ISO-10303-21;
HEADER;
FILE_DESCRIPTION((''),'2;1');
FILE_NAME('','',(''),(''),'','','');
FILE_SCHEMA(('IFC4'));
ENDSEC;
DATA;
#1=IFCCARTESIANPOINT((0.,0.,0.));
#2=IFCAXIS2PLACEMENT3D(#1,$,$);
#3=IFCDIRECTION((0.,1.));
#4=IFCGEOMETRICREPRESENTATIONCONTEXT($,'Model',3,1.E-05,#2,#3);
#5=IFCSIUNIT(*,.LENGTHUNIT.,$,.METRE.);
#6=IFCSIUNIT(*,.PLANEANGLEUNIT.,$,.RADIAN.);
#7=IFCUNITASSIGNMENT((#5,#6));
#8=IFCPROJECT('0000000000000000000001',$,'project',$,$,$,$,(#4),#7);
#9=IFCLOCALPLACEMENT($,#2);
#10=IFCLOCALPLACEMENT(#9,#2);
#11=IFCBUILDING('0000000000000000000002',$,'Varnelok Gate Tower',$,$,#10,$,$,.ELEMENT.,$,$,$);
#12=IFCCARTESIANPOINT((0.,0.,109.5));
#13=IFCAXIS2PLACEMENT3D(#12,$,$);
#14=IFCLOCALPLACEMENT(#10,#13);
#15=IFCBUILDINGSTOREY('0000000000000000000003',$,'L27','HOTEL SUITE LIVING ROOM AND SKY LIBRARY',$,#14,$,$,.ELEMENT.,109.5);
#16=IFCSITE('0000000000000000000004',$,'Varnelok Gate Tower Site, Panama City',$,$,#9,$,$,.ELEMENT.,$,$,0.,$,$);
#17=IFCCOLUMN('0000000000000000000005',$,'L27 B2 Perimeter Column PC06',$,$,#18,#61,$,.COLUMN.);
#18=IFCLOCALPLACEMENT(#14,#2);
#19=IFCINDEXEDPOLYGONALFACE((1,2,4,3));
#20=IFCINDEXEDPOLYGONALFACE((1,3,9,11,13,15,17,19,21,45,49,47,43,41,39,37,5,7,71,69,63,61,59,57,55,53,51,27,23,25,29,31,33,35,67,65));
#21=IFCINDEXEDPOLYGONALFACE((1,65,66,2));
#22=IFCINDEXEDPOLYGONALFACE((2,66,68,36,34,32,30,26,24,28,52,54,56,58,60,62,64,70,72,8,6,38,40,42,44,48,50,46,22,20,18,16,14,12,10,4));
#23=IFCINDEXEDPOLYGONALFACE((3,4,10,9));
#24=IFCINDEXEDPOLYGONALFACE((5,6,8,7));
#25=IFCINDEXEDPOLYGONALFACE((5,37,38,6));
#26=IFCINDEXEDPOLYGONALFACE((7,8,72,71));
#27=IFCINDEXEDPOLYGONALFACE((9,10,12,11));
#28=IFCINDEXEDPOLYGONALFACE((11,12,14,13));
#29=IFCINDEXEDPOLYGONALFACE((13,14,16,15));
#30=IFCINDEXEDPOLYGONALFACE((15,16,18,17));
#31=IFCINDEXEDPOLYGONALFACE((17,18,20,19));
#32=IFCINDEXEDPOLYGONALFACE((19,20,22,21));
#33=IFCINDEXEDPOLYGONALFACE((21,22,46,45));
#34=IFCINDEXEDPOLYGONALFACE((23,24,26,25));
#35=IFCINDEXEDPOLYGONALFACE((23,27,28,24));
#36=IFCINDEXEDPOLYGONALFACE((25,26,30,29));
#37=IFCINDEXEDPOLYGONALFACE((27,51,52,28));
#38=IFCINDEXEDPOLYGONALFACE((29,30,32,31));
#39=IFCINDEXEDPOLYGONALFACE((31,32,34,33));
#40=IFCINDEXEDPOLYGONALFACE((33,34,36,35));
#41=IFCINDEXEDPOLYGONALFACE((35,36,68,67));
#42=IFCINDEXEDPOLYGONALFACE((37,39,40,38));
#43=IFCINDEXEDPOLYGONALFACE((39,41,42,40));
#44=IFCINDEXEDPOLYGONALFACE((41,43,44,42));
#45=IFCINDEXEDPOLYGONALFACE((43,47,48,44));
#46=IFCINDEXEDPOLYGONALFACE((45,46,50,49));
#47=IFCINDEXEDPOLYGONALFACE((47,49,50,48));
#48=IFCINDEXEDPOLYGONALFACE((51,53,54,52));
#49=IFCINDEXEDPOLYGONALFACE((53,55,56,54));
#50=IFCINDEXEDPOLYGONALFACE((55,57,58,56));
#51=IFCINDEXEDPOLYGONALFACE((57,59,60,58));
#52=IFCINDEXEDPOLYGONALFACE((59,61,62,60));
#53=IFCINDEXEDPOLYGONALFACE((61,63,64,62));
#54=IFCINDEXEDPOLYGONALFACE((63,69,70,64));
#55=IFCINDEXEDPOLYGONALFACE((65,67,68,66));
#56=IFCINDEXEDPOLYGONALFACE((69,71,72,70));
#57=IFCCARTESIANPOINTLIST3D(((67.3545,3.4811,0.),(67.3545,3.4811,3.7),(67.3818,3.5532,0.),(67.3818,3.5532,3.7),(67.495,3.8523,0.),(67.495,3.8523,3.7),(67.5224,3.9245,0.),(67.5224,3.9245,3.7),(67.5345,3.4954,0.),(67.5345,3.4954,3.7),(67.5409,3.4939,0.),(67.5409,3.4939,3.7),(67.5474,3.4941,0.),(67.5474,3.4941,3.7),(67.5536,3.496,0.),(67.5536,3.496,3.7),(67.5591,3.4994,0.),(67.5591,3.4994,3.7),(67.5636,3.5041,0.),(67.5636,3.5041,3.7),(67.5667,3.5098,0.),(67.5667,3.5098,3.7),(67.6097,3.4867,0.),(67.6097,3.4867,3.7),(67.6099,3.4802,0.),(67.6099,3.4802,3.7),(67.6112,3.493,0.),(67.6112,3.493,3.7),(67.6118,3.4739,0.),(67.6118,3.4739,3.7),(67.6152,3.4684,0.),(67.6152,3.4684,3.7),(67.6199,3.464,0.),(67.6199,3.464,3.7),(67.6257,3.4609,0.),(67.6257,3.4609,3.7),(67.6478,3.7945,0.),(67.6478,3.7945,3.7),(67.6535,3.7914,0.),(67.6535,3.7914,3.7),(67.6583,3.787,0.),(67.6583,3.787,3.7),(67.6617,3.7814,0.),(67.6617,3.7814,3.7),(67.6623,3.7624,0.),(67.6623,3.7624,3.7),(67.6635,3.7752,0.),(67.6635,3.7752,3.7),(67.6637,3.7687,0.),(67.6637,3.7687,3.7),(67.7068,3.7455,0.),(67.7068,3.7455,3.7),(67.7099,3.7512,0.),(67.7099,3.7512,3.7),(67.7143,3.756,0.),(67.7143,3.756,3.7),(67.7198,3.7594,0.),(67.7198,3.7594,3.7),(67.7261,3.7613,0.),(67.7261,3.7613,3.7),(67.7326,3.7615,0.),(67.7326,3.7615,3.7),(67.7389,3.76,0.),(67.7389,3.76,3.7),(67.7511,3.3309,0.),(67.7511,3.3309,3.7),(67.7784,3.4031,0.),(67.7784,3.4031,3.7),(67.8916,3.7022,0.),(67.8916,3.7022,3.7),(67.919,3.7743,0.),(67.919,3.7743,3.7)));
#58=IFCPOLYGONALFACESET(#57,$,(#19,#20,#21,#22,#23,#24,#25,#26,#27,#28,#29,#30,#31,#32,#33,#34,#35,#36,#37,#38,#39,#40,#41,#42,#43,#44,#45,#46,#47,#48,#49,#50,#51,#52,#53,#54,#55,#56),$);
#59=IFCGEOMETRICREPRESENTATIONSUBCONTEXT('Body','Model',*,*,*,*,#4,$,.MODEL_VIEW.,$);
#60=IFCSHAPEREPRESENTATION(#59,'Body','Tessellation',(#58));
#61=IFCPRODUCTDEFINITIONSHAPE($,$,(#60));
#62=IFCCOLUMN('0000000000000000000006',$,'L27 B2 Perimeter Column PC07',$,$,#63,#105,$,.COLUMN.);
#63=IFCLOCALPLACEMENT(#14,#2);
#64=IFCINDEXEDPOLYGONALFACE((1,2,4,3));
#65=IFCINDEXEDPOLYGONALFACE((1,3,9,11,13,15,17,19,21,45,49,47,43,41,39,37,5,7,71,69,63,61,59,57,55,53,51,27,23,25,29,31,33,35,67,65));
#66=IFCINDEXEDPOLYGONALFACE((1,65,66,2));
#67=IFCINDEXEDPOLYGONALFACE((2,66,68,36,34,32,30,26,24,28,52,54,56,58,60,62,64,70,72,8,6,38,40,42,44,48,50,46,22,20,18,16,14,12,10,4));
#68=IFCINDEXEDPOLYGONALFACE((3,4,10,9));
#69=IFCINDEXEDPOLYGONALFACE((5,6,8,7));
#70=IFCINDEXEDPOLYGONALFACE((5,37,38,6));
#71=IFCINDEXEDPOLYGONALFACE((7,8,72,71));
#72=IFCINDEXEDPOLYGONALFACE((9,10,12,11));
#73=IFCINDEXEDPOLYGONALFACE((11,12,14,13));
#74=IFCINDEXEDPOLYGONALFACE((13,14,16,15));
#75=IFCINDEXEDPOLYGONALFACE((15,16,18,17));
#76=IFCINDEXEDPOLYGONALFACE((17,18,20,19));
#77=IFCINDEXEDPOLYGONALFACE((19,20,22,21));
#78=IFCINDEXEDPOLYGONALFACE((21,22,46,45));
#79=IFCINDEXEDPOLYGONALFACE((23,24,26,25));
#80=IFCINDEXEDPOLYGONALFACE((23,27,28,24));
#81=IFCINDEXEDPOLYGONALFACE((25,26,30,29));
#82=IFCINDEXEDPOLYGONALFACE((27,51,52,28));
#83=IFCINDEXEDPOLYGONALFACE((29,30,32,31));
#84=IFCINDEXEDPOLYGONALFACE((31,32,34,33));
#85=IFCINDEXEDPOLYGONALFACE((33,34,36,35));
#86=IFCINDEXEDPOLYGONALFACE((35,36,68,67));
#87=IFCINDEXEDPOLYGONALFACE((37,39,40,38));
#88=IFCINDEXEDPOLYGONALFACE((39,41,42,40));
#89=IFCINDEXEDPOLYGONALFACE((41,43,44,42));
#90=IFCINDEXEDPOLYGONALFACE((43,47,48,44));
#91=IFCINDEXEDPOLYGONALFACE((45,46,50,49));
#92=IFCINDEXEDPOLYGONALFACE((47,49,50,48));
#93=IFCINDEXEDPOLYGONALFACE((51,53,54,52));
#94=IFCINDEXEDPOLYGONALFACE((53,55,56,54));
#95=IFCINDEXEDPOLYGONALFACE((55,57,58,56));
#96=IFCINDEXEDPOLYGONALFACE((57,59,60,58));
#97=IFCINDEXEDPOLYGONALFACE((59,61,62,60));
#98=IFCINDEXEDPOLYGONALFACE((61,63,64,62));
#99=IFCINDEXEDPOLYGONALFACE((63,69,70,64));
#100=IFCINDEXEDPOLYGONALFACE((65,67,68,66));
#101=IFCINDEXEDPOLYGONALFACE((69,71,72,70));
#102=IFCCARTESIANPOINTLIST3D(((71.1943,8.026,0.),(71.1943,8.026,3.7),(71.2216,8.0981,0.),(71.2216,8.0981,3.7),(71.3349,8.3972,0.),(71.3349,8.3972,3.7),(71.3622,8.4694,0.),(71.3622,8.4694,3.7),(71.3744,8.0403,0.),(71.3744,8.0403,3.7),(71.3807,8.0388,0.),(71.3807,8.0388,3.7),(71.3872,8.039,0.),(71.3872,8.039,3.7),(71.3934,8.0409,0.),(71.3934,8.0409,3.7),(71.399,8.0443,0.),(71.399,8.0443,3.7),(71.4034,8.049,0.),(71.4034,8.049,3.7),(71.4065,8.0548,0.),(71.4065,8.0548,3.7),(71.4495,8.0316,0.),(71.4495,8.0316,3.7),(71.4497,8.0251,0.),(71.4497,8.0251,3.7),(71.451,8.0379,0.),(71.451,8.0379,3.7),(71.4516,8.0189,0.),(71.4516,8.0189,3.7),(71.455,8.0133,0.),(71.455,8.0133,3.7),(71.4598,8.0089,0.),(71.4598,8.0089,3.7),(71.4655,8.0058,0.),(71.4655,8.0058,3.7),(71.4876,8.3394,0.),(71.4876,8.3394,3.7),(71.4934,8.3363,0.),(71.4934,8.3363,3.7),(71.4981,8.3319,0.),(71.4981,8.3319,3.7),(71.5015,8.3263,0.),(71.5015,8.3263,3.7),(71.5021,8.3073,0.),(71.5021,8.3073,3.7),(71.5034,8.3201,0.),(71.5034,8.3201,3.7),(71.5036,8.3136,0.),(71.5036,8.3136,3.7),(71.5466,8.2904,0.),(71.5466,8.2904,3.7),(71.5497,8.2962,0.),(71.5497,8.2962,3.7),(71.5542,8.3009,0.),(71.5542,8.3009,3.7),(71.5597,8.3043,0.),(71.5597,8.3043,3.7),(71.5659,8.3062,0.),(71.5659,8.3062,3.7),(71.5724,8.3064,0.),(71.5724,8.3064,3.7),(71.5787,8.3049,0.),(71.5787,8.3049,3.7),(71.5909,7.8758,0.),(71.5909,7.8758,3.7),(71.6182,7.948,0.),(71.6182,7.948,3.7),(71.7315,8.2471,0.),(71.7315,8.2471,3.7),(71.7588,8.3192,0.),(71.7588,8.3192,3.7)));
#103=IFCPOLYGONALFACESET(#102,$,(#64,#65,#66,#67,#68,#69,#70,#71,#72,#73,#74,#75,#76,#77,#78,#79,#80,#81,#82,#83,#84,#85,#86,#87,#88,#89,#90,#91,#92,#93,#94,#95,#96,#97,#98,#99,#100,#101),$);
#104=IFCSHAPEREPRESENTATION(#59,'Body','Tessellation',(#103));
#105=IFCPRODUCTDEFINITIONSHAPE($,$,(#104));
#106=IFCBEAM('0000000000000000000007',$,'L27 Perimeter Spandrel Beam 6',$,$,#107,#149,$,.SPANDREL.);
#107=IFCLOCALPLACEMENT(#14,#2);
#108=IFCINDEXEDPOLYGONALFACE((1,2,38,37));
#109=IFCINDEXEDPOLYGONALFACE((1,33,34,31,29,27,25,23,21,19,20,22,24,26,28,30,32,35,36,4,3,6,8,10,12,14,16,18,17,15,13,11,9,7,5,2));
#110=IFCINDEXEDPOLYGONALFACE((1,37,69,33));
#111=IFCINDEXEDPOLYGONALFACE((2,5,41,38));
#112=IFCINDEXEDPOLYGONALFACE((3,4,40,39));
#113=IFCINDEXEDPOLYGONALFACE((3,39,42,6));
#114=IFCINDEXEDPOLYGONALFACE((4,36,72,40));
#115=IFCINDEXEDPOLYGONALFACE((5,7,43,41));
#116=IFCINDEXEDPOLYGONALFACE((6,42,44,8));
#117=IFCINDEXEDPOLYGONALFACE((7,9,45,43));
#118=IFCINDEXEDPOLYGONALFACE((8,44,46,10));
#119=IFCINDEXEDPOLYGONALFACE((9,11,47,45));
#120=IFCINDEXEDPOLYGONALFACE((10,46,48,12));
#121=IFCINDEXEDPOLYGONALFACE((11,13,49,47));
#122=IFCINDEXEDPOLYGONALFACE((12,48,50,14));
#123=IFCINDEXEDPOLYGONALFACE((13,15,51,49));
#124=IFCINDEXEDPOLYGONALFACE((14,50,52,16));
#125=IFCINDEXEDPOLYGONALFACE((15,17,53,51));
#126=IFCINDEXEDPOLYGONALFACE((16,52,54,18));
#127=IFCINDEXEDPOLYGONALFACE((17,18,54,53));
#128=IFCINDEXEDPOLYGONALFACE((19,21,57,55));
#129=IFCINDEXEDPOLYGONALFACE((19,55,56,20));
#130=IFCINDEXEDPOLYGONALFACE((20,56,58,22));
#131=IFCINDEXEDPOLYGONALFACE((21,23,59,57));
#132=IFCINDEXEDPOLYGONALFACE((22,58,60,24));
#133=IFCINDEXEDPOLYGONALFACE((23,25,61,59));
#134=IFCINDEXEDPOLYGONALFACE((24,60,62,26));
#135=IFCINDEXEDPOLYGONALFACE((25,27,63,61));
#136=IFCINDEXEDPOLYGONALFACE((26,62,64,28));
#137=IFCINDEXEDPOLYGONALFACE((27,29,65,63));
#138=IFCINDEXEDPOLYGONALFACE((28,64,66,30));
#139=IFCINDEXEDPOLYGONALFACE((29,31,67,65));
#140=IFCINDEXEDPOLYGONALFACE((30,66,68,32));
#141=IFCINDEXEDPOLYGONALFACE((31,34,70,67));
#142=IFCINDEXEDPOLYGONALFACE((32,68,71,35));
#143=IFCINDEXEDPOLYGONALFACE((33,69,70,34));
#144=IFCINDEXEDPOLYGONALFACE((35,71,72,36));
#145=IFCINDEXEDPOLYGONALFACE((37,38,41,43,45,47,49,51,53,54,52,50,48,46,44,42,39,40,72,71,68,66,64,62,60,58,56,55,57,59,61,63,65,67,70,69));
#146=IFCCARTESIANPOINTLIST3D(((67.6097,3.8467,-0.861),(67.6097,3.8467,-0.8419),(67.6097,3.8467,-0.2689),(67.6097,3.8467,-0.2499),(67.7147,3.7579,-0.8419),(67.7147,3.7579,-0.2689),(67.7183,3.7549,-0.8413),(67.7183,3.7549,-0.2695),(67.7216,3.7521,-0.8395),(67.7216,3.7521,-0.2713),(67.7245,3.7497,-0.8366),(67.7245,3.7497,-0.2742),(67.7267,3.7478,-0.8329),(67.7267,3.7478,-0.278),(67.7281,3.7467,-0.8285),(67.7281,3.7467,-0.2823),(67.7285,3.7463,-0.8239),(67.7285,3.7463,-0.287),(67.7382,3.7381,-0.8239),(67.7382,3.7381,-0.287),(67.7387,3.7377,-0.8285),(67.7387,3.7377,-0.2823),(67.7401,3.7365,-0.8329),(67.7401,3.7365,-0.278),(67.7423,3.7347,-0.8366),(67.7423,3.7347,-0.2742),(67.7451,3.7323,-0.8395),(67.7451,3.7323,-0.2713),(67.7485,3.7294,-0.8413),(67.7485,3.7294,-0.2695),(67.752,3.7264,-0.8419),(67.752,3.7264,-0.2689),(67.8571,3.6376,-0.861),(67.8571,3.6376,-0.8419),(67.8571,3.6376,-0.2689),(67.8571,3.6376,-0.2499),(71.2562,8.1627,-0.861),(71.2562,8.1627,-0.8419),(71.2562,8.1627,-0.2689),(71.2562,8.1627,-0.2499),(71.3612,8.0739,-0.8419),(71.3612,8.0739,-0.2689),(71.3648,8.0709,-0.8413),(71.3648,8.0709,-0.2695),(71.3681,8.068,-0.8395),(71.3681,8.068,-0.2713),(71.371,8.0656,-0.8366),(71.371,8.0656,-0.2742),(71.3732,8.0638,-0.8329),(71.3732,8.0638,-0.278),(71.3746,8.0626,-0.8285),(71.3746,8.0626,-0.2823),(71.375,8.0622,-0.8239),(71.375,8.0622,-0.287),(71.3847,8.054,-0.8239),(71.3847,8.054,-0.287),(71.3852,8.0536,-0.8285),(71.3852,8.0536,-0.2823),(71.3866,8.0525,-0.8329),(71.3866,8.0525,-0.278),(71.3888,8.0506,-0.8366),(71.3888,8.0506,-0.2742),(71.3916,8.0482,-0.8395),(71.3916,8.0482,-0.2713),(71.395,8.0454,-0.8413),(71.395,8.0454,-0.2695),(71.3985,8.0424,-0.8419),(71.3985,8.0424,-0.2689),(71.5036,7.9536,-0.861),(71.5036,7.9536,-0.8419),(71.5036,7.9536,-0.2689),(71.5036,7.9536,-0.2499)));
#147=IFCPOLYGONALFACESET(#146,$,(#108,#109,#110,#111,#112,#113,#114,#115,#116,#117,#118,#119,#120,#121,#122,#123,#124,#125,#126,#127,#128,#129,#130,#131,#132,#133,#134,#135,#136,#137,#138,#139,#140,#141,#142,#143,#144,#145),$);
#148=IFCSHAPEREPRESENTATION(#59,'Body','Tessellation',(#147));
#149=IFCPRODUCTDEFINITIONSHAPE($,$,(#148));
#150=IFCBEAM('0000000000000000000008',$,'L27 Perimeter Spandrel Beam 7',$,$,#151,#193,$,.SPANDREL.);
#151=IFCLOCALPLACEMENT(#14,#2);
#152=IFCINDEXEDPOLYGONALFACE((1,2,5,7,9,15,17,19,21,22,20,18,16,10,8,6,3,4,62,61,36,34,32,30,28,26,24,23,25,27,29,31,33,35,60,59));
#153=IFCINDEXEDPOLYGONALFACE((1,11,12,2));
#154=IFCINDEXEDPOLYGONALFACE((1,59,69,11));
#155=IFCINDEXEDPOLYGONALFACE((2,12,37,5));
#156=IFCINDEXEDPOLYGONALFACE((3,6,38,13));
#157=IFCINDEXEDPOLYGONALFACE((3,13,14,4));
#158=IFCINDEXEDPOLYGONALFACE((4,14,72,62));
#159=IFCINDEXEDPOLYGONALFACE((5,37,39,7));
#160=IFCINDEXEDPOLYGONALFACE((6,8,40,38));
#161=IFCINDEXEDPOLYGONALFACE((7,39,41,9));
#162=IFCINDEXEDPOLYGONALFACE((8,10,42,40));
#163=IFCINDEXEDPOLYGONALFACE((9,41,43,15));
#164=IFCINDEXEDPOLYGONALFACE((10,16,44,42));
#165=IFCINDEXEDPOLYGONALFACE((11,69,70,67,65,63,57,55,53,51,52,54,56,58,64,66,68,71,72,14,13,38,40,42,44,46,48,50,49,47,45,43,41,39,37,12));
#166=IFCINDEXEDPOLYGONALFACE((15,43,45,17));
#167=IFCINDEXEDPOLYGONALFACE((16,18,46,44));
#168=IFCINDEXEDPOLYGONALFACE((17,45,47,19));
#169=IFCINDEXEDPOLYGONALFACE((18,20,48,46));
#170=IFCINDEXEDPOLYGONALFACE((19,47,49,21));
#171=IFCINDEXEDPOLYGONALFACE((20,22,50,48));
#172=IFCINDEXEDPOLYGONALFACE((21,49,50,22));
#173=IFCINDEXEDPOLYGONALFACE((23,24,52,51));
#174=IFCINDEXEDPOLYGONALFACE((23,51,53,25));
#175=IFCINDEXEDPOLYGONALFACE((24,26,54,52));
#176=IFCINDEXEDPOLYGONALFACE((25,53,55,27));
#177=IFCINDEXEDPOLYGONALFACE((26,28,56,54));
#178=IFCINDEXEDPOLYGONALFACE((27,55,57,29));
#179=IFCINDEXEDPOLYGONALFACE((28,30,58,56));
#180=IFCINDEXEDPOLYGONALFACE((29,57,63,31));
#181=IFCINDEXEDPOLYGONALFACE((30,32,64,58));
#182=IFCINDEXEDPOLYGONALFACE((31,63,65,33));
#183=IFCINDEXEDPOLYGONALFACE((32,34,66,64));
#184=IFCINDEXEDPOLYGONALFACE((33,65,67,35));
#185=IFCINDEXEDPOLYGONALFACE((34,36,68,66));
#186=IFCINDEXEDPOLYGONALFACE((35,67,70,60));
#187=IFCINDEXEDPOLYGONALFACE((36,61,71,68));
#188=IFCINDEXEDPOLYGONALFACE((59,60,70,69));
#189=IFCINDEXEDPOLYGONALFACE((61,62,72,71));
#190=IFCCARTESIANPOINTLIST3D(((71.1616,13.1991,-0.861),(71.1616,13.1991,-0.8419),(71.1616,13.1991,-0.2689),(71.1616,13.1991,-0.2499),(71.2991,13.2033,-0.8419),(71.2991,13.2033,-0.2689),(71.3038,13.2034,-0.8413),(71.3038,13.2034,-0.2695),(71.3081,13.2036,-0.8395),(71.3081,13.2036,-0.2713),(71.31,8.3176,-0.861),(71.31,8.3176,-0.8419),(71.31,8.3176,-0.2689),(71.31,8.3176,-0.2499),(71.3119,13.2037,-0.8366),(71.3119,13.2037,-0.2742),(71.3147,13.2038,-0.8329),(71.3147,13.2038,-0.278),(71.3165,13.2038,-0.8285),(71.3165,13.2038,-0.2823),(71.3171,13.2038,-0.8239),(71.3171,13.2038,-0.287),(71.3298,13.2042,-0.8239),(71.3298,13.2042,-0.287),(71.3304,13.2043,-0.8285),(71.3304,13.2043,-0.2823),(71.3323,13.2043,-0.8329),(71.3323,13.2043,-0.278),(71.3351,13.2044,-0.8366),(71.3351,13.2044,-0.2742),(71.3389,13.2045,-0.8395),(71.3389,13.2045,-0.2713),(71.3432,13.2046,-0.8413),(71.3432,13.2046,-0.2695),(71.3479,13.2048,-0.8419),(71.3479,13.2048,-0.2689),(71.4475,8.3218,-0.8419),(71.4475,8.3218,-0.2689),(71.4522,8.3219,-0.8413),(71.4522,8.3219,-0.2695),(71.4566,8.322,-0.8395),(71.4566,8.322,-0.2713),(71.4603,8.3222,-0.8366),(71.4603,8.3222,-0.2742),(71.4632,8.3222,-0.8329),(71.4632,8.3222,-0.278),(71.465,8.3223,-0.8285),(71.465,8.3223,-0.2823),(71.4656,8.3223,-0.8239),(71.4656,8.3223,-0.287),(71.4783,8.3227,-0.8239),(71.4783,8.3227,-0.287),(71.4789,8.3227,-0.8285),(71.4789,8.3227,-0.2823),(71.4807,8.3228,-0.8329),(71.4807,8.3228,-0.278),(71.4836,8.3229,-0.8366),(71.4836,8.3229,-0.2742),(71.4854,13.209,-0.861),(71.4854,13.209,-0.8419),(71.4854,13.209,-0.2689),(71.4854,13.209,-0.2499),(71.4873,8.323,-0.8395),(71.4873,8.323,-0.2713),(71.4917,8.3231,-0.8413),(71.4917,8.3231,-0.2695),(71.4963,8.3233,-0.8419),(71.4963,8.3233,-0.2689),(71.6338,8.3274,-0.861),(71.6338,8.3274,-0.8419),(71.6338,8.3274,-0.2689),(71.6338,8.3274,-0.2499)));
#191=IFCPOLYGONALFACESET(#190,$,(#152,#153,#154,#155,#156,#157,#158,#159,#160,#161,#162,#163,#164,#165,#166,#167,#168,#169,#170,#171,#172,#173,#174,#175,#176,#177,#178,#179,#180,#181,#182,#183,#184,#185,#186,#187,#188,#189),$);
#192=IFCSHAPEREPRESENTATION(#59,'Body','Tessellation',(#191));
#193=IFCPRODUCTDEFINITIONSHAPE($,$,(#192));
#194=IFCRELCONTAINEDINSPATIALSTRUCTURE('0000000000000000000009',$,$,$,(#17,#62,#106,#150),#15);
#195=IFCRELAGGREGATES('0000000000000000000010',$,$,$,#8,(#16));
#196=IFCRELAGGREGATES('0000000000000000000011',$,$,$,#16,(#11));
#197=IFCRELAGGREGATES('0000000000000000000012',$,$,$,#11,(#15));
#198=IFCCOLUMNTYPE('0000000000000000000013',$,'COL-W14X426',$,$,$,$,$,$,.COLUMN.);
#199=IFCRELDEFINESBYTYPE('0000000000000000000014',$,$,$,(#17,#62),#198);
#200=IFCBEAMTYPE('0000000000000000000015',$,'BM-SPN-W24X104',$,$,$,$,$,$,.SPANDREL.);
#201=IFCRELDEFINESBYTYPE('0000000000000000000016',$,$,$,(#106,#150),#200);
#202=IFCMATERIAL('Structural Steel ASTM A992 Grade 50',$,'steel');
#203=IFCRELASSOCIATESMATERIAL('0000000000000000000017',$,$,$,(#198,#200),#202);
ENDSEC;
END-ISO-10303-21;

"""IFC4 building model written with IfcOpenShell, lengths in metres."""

from ifc_helpers import new_model, si_unit, direction, frame, origin, origin_2d, place, context, subcontext, project, spatial, i_section, extrude, material, material_profile, profile_set, type_object, element, save


model = new_model("IFC4")

# Units and contexts
model_context = context("Model", 3, precision=1e-05, world=origin(), true_north=direction((0.0, 1.0)))
body_context = subcontext(model_context, "Body", "Model", "MODEL_VIEW")
ifc_project = project(units=[si_unit("LENGTHUNIT", "METRE"), si_unit("PLANEANGLEUNIT", "RADIAN")], contexts=[model_context])

# Site, building, storey
site_placement = place(None, origin())
site = spatial("IfcSite", under=ifc_project, at=site_placement, Name="Varnelok Gate Tower Site, Panama City", CompositionType="ELEMENT", RefElevation=0.0)
building_placement = place(site_placement, origin())
building = spatial("IfcBuilding", under=site, at=building_placement, Name="Varnelok Gate Tower", CompositionType="ELEMENT")
storey_placement = place(building_placement, frame((0.0, 0.0, 109.5)))
storey = spatial("IfcBuildingStorey", under=building, at=storey_placement, Name="L27", Description="HOTEL SUITE LIVING ROOM AND SKY LIBRARY", CompositionType="ELEMENT", Elevation=109.5)

# Columns
ifc_material_1 = material(Name="Structural Steel ASTM A992 Grade 50", Category="steel")
ifc_material_profile_1 = material_profile(ifc_material_1, i_section(OverallWidth=0.4241, OverallDepth=0.4741, WebThickness=0.0476, FlangeThickness=0.0771, FilletRadius=0.0249, at=origin_2d()), Name="W14X426")
ifc_profile_set_1 = profile_set([ifc_material_profile_1], Name="Structural Steel ASTM A992 Grade 50")
column_type = type_object("IfcColumnType", Name="COL-W14X426", PredefinedType="COLUMN", material=ifc_profile_set_1)
for number, where, z_axis, x_axis, name in (
    (1, (67.6367, 3.6277, 0.0), (0.0, 0.0, 1.0), (0.935222, -0.354063, 0.0), "L27 B2 Perimeter Column PC06"),
    (2, (71.4766, 8.1726, 0.0), (0.0, 0.0, 1.0), (0.935222, -0.354063, 0.0), "L27 B2 Perimeter Column PC07"),
):
    element("IfcColumn", number, at=place(storey_placement, frame(where, z_axis=z_axis, x_axis=x_axis)), inside=storey, type_object=column_type, Name=name, PredefinedType="COLUMN", context=body_context, shape_type="SweptSolid", body=[
        extrude(i_section(OverallWidth=0.4241, OverallDepth=0.4741, WebThickness=0.0476, FlangeThickness=0.0771, FilletRadius=0.0249, at=origin_2d()), origin(), (0.0, 0.0, 1.0), 3.7),
    ])

# Beams
ifc_material_profile_2 = material_profile(ifc_material_1, i_section(OverallWidth=0.324, OverallDepth=0.6111, WebThickness=0.0127, FlangeThickness=0.019, FilletRadius=0.0181, at=origin_2d()), Name="W24X104")
ifc_profile_set_2 = profile_set([ifc_material_profile_2], Name="Structural Steel ASTM A992 Grade 50")
beam_type = type_object("IfcBeamType", Name="BM-SPN-W24X104", PredefinedType="SPANDREL", material=ifc_profile_set_2)
beam_1_placement = place(storey_placement, frame((67.7334, 3.7422, -0.5554), z_axis=(0.64538, 0.763861, 0.0), x_axis=(-0.763861, 0.64538, 0.0)))
element("IfcBeam", 3, at=beam_1_placement, inside=storey, type_object=beam_type, Name="L27 Perimeter Spandrel Beam 6", PredefinedType="SPANDREL", context=body_context, shape_type="SweptSolid", body=[
    extrude(i_section(OverallWidth=0.324, OverallDepth=0.6111, WebThickness=0.0127, FlangeThickness=0.019, FilletRadius=0.0181, at=origin_2d()), origin(), (0.0, 0.0, 1.0), 5.6501),
])
beam_2_placement = place(storey_placement, frame((71.4719, 8.3225, -0.5554), z_axis=(-0.030394, 0.999538, 0.0), x_axis=(-0.999538, -0.030394, 0.0)))
element("IfcBeam", 4, at=beam_2_placement, inside=storey, type_object=beam_type, Name="L27 Perimeter Spandrel Beam 7", PredefinedType="SPANDREL", context=body_context, shape_type="SweptSolid", body=[
    extrude(i_section(OverallWidth=0.324, OverallDepth=0.6111, WebThickness=0.0127, FlangeThickness=0.019, FilletRadius=0.0181, at=origin_2d()), origin(), (0.0, 0.0, 1.0), 4.8838),
])

save(model, "model.ifc")
